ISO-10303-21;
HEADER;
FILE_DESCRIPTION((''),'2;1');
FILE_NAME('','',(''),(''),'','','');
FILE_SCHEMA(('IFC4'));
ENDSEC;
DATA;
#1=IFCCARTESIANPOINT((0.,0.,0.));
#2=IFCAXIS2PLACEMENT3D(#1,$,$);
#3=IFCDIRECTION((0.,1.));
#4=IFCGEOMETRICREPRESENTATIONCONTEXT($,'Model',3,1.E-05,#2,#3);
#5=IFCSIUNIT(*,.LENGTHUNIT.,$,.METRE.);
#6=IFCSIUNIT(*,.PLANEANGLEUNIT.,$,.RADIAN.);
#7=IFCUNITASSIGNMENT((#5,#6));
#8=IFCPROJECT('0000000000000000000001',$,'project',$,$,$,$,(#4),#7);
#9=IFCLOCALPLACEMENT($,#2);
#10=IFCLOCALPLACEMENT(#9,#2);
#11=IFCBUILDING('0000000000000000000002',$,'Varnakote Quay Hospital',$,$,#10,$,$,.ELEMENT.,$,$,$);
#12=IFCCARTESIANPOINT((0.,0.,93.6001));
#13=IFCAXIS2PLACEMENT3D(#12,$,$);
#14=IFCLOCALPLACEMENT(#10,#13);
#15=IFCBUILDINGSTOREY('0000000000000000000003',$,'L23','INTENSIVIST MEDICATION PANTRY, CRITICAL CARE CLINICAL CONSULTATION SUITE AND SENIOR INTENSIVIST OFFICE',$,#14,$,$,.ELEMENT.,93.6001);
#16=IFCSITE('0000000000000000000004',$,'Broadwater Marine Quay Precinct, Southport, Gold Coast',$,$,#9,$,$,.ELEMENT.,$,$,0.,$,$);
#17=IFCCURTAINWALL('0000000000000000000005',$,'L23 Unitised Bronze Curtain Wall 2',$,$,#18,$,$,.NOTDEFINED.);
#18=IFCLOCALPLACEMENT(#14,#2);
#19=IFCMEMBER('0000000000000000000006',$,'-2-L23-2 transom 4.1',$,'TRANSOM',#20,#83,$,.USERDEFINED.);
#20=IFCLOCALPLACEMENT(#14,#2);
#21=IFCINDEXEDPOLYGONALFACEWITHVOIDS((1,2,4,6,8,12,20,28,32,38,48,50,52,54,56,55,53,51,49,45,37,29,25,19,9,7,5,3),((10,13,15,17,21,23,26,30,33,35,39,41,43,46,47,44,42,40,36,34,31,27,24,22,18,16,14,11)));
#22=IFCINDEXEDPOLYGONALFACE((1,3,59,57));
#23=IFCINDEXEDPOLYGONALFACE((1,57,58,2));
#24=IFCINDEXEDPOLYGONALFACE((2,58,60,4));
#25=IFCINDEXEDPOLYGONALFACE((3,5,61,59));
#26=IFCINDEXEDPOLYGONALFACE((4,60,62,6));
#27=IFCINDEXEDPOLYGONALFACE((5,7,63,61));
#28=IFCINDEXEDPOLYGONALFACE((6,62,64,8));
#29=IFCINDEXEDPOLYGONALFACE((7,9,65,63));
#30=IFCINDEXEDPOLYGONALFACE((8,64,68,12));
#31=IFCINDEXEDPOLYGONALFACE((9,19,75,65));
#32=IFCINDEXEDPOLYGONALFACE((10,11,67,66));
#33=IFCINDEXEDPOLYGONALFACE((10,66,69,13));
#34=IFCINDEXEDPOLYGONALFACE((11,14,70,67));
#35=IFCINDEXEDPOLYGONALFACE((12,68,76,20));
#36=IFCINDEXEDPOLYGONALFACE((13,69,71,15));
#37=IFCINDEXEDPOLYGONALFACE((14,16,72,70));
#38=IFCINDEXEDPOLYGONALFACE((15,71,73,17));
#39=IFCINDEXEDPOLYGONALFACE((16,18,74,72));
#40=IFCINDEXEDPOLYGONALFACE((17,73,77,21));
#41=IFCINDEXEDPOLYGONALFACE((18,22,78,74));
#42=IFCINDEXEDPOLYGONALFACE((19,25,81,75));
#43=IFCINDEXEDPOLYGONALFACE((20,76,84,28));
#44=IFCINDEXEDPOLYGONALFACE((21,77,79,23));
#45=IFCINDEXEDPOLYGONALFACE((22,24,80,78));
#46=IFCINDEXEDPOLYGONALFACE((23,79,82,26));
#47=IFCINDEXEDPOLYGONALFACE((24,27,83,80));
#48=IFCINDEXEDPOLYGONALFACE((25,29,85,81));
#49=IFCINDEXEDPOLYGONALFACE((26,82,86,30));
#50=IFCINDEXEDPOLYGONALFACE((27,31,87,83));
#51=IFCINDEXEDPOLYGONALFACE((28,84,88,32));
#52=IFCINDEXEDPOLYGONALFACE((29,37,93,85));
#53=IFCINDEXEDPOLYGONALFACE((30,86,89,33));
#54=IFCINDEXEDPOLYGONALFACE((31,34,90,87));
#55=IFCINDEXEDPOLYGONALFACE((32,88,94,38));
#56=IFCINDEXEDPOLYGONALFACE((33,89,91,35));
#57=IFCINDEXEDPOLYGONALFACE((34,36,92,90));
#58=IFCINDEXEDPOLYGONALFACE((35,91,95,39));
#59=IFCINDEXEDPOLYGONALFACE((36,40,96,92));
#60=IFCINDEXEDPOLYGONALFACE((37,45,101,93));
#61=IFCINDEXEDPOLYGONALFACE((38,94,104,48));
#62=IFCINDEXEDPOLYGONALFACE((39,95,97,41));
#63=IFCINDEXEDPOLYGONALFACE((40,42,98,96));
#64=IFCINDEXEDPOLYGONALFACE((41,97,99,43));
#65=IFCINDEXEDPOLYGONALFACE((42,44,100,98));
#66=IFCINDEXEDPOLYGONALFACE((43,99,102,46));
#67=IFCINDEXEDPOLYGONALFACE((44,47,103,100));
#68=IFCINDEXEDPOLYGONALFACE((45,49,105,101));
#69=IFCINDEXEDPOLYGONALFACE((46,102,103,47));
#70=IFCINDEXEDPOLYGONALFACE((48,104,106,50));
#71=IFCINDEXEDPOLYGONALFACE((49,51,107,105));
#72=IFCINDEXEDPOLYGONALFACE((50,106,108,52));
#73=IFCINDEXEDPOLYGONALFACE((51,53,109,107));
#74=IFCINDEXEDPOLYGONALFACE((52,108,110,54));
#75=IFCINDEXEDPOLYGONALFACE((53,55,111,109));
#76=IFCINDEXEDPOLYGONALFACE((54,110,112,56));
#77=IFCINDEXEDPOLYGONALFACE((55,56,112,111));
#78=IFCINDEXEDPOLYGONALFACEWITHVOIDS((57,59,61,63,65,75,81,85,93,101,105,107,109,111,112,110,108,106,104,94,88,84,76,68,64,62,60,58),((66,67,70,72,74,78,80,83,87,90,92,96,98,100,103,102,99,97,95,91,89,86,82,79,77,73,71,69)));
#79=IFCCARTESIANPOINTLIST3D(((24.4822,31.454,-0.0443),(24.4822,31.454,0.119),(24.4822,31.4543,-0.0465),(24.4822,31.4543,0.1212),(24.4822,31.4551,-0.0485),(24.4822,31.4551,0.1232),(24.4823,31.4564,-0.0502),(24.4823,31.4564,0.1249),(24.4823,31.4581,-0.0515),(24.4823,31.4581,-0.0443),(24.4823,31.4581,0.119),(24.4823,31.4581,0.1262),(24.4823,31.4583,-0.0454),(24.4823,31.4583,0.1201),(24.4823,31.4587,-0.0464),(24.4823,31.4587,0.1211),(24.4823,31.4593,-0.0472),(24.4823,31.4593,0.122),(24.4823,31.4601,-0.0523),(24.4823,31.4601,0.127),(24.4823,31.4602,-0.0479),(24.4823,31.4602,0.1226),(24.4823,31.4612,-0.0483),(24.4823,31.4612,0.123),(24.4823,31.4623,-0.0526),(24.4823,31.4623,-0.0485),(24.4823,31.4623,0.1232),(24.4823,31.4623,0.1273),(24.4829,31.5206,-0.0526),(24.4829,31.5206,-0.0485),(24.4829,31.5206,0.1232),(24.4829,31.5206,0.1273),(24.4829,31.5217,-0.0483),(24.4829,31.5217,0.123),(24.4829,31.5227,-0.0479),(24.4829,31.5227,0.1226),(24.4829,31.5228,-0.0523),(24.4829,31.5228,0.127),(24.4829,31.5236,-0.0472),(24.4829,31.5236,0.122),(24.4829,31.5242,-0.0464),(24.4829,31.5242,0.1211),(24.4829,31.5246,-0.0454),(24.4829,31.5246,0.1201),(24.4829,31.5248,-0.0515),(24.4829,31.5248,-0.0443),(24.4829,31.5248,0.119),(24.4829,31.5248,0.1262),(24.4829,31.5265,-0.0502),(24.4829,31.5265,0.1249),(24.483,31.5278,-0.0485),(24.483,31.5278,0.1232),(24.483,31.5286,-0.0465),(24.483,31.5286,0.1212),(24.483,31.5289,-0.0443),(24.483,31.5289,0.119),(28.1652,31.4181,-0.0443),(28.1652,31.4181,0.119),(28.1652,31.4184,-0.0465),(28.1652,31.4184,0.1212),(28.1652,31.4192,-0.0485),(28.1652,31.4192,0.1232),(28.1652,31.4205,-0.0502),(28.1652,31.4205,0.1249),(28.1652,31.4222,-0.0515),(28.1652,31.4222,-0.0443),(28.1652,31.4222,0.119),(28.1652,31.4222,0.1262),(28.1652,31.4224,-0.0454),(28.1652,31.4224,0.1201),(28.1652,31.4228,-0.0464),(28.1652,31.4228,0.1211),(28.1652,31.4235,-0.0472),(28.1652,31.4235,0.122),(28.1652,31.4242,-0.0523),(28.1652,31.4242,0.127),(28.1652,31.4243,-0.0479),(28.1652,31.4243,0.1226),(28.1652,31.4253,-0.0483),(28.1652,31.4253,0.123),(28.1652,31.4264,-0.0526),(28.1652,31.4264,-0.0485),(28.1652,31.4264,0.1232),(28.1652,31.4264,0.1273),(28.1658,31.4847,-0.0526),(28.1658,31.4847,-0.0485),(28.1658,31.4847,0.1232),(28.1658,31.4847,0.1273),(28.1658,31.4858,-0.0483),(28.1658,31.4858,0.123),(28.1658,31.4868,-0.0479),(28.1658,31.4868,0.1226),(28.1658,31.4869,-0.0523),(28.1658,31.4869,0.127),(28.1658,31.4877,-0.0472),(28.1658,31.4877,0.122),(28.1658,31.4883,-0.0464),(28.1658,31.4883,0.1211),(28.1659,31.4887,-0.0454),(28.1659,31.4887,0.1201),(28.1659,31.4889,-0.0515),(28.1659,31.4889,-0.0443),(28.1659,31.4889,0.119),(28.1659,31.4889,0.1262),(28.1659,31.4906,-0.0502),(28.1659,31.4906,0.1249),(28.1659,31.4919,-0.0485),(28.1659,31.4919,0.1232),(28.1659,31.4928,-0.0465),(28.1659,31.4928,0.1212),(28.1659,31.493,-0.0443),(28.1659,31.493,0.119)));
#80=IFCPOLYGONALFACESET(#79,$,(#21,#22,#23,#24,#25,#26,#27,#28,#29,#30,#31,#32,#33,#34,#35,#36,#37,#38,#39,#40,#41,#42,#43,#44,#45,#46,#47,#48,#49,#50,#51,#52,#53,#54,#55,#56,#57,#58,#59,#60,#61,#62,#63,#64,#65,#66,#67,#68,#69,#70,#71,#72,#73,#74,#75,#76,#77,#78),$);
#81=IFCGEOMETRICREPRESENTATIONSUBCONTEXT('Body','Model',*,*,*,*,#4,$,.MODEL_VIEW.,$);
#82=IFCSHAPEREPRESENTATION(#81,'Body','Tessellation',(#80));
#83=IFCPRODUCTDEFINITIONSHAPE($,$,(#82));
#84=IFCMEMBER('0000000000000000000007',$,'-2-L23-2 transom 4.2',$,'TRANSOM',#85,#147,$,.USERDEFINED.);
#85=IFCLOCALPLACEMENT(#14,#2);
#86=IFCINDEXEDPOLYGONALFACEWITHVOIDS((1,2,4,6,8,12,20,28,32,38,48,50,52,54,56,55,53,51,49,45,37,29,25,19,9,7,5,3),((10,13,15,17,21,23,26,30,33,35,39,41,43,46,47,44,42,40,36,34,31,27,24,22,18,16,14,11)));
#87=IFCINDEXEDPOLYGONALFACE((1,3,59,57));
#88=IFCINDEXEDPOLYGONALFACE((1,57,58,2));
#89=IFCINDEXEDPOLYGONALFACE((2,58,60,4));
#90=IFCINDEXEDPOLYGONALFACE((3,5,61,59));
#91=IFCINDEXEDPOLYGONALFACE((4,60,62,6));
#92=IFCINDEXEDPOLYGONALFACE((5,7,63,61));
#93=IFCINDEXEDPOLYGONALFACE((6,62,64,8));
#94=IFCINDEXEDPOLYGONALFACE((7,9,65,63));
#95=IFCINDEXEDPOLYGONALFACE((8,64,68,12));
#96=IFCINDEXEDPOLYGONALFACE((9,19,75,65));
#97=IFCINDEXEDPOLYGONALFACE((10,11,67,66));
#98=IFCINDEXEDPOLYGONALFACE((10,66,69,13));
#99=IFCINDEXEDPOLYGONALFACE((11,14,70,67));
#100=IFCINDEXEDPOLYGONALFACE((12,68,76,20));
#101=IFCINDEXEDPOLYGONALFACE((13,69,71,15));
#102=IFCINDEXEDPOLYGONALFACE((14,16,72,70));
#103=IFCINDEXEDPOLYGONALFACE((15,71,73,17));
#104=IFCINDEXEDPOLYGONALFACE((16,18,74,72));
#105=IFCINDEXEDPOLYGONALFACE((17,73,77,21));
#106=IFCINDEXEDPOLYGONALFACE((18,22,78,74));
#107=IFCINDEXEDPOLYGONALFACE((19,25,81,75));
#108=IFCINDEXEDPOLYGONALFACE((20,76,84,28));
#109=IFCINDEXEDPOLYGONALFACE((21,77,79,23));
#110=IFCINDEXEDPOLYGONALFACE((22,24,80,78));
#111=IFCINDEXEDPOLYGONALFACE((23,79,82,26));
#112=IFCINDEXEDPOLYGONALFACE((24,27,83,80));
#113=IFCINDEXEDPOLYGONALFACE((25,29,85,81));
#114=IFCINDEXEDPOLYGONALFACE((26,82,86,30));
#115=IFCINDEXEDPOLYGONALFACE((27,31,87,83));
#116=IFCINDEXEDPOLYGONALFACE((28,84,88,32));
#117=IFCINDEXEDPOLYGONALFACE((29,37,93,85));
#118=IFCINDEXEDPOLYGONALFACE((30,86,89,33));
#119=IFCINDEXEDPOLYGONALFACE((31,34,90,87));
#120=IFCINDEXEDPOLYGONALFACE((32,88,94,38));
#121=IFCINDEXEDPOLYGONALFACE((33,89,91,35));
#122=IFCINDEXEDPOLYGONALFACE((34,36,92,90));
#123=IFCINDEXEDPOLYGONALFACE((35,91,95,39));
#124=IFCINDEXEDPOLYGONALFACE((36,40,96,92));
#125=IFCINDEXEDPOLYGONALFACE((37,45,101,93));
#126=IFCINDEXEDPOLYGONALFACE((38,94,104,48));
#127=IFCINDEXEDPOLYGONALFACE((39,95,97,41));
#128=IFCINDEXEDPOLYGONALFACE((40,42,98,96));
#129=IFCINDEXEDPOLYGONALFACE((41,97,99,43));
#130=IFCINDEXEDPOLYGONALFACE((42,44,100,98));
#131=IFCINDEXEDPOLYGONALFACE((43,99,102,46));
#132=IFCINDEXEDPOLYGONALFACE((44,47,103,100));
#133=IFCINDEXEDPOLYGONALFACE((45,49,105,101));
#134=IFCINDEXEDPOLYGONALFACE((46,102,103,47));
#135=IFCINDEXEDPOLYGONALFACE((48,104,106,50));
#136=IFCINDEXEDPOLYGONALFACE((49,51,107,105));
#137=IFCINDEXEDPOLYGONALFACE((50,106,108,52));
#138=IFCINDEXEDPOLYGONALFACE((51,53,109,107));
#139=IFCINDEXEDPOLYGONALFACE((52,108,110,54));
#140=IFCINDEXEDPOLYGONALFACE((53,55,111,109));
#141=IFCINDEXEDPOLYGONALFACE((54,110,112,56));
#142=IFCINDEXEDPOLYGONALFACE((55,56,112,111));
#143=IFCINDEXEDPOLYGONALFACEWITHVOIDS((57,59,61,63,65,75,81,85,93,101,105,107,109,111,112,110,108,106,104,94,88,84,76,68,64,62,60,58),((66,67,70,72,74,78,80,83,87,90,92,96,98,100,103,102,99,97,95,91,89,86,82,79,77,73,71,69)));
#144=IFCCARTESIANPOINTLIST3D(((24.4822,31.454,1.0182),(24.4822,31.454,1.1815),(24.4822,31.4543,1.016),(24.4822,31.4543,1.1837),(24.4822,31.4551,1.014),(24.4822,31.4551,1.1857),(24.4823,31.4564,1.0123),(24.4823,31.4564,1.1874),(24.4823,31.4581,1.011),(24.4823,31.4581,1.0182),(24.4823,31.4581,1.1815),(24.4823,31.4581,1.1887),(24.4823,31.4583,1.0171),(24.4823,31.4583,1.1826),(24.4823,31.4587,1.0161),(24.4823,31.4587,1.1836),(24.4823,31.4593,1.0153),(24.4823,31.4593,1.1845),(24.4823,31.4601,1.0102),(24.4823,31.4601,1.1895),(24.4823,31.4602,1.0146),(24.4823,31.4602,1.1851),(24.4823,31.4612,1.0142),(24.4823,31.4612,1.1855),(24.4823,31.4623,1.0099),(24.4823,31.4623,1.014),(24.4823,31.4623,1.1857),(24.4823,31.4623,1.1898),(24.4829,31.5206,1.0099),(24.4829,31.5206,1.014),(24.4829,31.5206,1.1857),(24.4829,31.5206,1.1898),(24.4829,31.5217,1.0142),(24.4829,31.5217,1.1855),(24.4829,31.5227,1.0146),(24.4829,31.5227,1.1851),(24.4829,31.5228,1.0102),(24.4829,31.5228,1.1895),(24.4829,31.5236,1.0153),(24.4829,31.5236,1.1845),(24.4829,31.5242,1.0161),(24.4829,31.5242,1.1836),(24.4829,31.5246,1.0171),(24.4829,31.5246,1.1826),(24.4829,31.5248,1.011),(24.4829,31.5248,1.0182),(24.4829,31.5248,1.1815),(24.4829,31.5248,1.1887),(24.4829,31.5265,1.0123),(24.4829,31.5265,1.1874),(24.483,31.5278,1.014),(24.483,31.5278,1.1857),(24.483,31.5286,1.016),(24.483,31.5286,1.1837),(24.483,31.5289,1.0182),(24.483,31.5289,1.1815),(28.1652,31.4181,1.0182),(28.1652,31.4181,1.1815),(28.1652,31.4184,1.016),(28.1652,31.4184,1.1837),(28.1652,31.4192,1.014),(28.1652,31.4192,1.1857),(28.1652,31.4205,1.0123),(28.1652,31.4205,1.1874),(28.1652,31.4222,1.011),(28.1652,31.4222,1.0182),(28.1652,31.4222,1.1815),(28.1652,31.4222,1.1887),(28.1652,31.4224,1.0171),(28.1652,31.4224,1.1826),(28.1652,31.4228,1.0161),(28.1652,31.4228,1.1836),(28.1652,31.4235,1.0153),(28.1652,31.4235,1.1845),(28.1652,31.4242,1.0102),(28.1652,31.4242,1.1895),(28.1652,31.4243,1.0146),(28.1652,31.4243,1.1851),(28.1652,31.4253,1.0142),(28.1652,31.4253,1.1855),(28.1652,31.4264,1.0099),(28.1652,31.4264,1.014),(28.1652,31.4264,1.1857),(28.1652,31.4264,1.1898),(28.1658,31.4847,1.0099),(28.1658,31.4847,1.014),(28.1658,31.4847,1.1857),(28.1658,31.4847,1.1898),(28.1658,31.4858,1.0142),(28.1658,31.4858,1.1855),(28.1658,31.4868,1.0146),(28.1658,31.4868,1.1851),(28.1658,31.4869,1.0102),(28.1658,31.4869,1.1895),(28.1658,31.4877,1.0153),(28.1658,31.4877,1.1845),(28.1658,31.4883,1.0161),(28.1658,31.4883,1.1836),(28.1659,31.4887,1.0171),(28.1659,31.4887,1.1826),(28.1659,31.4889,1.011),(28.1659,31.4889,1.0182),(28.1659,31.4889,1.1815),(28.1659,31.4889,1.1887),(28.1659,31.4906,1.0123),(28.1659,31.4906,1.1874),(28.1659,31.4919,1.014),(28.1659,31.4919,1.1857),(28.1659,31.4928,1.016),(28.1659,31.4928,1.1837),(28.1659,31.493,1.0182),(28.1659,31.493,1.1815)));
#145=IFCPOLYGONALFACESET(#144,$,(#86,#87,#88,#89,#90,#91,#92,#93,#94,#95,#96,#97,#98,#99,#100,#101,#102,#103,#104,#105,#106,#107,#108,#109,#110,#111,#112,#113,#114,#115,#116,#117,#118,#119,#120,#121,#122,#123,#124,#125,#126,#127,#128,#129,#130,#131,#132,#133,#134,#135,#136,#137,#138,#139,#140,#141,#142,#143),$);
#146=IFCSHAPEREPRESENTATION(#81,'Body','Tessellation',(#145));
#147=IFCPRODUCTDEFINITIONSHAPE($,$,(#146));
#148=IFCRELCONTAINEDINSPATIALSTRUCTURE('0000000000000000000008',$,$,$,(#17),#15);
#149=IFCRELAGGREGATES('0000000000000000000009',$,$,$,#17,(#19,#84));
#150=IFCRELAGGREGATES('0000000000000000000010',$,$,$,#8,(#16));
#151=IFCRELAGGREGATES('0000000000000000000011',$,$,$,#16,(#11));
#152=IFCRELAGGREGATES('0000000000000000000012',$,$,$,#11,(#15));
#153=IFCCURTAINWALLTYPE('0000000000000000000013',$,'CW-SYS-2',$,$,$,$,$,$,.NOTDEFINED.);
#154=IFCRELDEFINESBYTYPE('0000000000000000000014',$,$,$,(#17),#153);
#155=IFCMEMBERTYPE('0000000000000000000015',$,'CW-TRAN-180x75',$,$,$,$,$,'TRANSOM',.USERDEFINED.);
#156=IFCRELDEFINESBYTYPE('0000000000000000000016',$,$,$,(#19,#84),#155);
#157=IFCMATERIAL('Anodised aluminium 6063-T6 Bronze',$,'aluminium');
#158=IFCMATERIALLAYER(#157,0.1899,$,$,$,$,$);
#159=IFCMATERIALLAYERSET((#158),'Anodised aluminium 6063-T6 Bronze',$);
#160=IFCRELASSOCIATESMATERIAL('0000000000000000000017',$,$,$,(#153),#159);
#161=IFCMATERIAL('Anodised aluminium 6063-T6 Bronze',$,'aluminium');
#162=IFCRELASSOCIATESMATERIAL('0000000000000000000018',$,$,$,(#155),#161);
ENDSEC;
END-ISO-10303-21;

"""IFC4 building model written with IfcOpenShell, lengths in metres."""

from ifc_helpers import new_model, si_unit, direction, frame, origin, origin_2d, place, context, subcontext, project, spatial, hollow_rectangle, extrude, material, layer, layer_set, material_profile, profile_set, type_object, element, aggregate, save


model = new_model("IFC4")

# Units and contexts
model_context = context("Model", 3, precision=1e-05, world=origin(), true_north=direction((0.0, 1.0)))
body_context = subcontext(model_context, "Body", "Model", "MODEL_VIEW")
ifc_project = project(units=[si_unit("LENGTHUNIT", "METRE"), si_unit("PLANEANGLEUNIT", "RADIAN")], contexts=[model_context])

# Site, building, storey
site_placement = place(None, origin())
site = spatial("IfcSite", under=ifc_project, at=site_placement, Name="Broadwater Marine Quay Precinct, Southport, Gold Coast", CompositionType="ELEMENT", RefElevation=0.0)
building_placement = place(site_placement, origin())
building = spatial("IfcBuilding", under=site, at=building_placement, Name="Varnakote Quay Hospital", CompositionType="ELEMENT")
storey_placement = place(building_placement, frame((0.0, 0.0, 93.6001)))
storey = spatial("IfcBuildingStorey", under=building, at=storey_placement, Name="L23", Description="INTENSIVIST MEDICATION PANTRY, CRITICAL CARE CLINICAL CONSULTATION SUITE AND SENIOR INTENSIVIST OFFICE", CompositionType="ELEMENT", Elevation=93.6001)

# Curtain wall, members
ifc_material_1 = material(Name="Anodised aluminium 6063-T6 Bronze", Category="aluminium")
ifc_layer_1 = layer(ifc_material_1, 0.1899)
ifc_layer_set_1 = layer_set([ifc_layer_1], Name="Anodised aluminium 6063-T6 Bronze")
curtain_wall_type = type_object("IfcCurtainWallType", Name="CW-SYS-2", PredefinedType="NOTDEFINED", material=ifc_layer_set_1)
curtain_wall_placement = place(storey_placement, origin())
curtain_wall = element("IfcCurtainWall", 1, at=curtain_wall_placement, inside=storey, type_object=curtain_wall_type, Name="L23 Unitised Bronze Curtain Wall 2", PredefinedType="NOTDEFINED")
ifc_material_2 = material(Name="Anodised aluminium 6063-T6 Bronze", Category="aluminium")
ifc_material_profile_1 = material_profile(ifc_material_2, hollow_rectangle(XDim=0.075, YDim=0.1799, WallThickness=0.0042, InnerFilletRadius=0.0042, OuterFilletRadius=0.0083, at=origin_2d()), Name="CW-TRAN-180x75")
ifc_profile_set_1 = profile_set([ifc_material_profile_1], Name="Anodised aluminium 6063-T6 Bronze")
member_type_1 = type_object("IfcMemberType", Name="CW-TRAN-180x75", ElementType="TRANSOM", PredefinedType="USERDEFINED", material=ifc_profile_set_1)
member_1_placement = place(storey_placement, frame((28.1655, 31.4556, 0.0374), z_axis=(-0.999953, 0.009744, 0.0), x_axis=(-0.009744, -0.999953, 0.0)))
member_1 = element("IfcMember", 2, at=member_1_placement, type_object=member_type_1, Name="-2-L23-2 transom 4.1", ObjectType="TRANSOM", PredefinedType="USERDEFINED", context=body_context, shape_type="SweptSolid", body=[
    extrude(hollow_rectangle(XDim=0.075, YDim=0.1799, WallThickness=0.0042, InnerFilletRadius=0.0042, OuterFilletRadius=0.0083, at=origin_2d()), origin(), (0.0, 0.0, 1.0), 3.6831),
])
member_2_placement = place(storey_placement, frame((28.1655, 31.4556, 1.0999), z_axis=(-0.999953, 0.009744, 0.0), x_axis=(-0.009744, -0.999953, 0.0)))
member_2 = element("IfcMember", 3, at=member_2_placement, type_object=member_type_1, Name="-2-L23-2 transom 4.2", ObjectType="TRANSOM", PredefinedType="USERDEFINED", context=body_context, shape_type="SweptSolid", body=[
    extrude(hollow_rectangle(XDim=0.075, YDim=0.1799, WallThickness=0.0042, InnerFilletRadius=0.0042, OuterFilletRadius=0.0083, at=origin_2d()), origin(), (0.0, 0.0, 1.0), 3.6831),
])

aggregate(curtain_wall, [member_1, member_2])

save(model, "model.ifc")
